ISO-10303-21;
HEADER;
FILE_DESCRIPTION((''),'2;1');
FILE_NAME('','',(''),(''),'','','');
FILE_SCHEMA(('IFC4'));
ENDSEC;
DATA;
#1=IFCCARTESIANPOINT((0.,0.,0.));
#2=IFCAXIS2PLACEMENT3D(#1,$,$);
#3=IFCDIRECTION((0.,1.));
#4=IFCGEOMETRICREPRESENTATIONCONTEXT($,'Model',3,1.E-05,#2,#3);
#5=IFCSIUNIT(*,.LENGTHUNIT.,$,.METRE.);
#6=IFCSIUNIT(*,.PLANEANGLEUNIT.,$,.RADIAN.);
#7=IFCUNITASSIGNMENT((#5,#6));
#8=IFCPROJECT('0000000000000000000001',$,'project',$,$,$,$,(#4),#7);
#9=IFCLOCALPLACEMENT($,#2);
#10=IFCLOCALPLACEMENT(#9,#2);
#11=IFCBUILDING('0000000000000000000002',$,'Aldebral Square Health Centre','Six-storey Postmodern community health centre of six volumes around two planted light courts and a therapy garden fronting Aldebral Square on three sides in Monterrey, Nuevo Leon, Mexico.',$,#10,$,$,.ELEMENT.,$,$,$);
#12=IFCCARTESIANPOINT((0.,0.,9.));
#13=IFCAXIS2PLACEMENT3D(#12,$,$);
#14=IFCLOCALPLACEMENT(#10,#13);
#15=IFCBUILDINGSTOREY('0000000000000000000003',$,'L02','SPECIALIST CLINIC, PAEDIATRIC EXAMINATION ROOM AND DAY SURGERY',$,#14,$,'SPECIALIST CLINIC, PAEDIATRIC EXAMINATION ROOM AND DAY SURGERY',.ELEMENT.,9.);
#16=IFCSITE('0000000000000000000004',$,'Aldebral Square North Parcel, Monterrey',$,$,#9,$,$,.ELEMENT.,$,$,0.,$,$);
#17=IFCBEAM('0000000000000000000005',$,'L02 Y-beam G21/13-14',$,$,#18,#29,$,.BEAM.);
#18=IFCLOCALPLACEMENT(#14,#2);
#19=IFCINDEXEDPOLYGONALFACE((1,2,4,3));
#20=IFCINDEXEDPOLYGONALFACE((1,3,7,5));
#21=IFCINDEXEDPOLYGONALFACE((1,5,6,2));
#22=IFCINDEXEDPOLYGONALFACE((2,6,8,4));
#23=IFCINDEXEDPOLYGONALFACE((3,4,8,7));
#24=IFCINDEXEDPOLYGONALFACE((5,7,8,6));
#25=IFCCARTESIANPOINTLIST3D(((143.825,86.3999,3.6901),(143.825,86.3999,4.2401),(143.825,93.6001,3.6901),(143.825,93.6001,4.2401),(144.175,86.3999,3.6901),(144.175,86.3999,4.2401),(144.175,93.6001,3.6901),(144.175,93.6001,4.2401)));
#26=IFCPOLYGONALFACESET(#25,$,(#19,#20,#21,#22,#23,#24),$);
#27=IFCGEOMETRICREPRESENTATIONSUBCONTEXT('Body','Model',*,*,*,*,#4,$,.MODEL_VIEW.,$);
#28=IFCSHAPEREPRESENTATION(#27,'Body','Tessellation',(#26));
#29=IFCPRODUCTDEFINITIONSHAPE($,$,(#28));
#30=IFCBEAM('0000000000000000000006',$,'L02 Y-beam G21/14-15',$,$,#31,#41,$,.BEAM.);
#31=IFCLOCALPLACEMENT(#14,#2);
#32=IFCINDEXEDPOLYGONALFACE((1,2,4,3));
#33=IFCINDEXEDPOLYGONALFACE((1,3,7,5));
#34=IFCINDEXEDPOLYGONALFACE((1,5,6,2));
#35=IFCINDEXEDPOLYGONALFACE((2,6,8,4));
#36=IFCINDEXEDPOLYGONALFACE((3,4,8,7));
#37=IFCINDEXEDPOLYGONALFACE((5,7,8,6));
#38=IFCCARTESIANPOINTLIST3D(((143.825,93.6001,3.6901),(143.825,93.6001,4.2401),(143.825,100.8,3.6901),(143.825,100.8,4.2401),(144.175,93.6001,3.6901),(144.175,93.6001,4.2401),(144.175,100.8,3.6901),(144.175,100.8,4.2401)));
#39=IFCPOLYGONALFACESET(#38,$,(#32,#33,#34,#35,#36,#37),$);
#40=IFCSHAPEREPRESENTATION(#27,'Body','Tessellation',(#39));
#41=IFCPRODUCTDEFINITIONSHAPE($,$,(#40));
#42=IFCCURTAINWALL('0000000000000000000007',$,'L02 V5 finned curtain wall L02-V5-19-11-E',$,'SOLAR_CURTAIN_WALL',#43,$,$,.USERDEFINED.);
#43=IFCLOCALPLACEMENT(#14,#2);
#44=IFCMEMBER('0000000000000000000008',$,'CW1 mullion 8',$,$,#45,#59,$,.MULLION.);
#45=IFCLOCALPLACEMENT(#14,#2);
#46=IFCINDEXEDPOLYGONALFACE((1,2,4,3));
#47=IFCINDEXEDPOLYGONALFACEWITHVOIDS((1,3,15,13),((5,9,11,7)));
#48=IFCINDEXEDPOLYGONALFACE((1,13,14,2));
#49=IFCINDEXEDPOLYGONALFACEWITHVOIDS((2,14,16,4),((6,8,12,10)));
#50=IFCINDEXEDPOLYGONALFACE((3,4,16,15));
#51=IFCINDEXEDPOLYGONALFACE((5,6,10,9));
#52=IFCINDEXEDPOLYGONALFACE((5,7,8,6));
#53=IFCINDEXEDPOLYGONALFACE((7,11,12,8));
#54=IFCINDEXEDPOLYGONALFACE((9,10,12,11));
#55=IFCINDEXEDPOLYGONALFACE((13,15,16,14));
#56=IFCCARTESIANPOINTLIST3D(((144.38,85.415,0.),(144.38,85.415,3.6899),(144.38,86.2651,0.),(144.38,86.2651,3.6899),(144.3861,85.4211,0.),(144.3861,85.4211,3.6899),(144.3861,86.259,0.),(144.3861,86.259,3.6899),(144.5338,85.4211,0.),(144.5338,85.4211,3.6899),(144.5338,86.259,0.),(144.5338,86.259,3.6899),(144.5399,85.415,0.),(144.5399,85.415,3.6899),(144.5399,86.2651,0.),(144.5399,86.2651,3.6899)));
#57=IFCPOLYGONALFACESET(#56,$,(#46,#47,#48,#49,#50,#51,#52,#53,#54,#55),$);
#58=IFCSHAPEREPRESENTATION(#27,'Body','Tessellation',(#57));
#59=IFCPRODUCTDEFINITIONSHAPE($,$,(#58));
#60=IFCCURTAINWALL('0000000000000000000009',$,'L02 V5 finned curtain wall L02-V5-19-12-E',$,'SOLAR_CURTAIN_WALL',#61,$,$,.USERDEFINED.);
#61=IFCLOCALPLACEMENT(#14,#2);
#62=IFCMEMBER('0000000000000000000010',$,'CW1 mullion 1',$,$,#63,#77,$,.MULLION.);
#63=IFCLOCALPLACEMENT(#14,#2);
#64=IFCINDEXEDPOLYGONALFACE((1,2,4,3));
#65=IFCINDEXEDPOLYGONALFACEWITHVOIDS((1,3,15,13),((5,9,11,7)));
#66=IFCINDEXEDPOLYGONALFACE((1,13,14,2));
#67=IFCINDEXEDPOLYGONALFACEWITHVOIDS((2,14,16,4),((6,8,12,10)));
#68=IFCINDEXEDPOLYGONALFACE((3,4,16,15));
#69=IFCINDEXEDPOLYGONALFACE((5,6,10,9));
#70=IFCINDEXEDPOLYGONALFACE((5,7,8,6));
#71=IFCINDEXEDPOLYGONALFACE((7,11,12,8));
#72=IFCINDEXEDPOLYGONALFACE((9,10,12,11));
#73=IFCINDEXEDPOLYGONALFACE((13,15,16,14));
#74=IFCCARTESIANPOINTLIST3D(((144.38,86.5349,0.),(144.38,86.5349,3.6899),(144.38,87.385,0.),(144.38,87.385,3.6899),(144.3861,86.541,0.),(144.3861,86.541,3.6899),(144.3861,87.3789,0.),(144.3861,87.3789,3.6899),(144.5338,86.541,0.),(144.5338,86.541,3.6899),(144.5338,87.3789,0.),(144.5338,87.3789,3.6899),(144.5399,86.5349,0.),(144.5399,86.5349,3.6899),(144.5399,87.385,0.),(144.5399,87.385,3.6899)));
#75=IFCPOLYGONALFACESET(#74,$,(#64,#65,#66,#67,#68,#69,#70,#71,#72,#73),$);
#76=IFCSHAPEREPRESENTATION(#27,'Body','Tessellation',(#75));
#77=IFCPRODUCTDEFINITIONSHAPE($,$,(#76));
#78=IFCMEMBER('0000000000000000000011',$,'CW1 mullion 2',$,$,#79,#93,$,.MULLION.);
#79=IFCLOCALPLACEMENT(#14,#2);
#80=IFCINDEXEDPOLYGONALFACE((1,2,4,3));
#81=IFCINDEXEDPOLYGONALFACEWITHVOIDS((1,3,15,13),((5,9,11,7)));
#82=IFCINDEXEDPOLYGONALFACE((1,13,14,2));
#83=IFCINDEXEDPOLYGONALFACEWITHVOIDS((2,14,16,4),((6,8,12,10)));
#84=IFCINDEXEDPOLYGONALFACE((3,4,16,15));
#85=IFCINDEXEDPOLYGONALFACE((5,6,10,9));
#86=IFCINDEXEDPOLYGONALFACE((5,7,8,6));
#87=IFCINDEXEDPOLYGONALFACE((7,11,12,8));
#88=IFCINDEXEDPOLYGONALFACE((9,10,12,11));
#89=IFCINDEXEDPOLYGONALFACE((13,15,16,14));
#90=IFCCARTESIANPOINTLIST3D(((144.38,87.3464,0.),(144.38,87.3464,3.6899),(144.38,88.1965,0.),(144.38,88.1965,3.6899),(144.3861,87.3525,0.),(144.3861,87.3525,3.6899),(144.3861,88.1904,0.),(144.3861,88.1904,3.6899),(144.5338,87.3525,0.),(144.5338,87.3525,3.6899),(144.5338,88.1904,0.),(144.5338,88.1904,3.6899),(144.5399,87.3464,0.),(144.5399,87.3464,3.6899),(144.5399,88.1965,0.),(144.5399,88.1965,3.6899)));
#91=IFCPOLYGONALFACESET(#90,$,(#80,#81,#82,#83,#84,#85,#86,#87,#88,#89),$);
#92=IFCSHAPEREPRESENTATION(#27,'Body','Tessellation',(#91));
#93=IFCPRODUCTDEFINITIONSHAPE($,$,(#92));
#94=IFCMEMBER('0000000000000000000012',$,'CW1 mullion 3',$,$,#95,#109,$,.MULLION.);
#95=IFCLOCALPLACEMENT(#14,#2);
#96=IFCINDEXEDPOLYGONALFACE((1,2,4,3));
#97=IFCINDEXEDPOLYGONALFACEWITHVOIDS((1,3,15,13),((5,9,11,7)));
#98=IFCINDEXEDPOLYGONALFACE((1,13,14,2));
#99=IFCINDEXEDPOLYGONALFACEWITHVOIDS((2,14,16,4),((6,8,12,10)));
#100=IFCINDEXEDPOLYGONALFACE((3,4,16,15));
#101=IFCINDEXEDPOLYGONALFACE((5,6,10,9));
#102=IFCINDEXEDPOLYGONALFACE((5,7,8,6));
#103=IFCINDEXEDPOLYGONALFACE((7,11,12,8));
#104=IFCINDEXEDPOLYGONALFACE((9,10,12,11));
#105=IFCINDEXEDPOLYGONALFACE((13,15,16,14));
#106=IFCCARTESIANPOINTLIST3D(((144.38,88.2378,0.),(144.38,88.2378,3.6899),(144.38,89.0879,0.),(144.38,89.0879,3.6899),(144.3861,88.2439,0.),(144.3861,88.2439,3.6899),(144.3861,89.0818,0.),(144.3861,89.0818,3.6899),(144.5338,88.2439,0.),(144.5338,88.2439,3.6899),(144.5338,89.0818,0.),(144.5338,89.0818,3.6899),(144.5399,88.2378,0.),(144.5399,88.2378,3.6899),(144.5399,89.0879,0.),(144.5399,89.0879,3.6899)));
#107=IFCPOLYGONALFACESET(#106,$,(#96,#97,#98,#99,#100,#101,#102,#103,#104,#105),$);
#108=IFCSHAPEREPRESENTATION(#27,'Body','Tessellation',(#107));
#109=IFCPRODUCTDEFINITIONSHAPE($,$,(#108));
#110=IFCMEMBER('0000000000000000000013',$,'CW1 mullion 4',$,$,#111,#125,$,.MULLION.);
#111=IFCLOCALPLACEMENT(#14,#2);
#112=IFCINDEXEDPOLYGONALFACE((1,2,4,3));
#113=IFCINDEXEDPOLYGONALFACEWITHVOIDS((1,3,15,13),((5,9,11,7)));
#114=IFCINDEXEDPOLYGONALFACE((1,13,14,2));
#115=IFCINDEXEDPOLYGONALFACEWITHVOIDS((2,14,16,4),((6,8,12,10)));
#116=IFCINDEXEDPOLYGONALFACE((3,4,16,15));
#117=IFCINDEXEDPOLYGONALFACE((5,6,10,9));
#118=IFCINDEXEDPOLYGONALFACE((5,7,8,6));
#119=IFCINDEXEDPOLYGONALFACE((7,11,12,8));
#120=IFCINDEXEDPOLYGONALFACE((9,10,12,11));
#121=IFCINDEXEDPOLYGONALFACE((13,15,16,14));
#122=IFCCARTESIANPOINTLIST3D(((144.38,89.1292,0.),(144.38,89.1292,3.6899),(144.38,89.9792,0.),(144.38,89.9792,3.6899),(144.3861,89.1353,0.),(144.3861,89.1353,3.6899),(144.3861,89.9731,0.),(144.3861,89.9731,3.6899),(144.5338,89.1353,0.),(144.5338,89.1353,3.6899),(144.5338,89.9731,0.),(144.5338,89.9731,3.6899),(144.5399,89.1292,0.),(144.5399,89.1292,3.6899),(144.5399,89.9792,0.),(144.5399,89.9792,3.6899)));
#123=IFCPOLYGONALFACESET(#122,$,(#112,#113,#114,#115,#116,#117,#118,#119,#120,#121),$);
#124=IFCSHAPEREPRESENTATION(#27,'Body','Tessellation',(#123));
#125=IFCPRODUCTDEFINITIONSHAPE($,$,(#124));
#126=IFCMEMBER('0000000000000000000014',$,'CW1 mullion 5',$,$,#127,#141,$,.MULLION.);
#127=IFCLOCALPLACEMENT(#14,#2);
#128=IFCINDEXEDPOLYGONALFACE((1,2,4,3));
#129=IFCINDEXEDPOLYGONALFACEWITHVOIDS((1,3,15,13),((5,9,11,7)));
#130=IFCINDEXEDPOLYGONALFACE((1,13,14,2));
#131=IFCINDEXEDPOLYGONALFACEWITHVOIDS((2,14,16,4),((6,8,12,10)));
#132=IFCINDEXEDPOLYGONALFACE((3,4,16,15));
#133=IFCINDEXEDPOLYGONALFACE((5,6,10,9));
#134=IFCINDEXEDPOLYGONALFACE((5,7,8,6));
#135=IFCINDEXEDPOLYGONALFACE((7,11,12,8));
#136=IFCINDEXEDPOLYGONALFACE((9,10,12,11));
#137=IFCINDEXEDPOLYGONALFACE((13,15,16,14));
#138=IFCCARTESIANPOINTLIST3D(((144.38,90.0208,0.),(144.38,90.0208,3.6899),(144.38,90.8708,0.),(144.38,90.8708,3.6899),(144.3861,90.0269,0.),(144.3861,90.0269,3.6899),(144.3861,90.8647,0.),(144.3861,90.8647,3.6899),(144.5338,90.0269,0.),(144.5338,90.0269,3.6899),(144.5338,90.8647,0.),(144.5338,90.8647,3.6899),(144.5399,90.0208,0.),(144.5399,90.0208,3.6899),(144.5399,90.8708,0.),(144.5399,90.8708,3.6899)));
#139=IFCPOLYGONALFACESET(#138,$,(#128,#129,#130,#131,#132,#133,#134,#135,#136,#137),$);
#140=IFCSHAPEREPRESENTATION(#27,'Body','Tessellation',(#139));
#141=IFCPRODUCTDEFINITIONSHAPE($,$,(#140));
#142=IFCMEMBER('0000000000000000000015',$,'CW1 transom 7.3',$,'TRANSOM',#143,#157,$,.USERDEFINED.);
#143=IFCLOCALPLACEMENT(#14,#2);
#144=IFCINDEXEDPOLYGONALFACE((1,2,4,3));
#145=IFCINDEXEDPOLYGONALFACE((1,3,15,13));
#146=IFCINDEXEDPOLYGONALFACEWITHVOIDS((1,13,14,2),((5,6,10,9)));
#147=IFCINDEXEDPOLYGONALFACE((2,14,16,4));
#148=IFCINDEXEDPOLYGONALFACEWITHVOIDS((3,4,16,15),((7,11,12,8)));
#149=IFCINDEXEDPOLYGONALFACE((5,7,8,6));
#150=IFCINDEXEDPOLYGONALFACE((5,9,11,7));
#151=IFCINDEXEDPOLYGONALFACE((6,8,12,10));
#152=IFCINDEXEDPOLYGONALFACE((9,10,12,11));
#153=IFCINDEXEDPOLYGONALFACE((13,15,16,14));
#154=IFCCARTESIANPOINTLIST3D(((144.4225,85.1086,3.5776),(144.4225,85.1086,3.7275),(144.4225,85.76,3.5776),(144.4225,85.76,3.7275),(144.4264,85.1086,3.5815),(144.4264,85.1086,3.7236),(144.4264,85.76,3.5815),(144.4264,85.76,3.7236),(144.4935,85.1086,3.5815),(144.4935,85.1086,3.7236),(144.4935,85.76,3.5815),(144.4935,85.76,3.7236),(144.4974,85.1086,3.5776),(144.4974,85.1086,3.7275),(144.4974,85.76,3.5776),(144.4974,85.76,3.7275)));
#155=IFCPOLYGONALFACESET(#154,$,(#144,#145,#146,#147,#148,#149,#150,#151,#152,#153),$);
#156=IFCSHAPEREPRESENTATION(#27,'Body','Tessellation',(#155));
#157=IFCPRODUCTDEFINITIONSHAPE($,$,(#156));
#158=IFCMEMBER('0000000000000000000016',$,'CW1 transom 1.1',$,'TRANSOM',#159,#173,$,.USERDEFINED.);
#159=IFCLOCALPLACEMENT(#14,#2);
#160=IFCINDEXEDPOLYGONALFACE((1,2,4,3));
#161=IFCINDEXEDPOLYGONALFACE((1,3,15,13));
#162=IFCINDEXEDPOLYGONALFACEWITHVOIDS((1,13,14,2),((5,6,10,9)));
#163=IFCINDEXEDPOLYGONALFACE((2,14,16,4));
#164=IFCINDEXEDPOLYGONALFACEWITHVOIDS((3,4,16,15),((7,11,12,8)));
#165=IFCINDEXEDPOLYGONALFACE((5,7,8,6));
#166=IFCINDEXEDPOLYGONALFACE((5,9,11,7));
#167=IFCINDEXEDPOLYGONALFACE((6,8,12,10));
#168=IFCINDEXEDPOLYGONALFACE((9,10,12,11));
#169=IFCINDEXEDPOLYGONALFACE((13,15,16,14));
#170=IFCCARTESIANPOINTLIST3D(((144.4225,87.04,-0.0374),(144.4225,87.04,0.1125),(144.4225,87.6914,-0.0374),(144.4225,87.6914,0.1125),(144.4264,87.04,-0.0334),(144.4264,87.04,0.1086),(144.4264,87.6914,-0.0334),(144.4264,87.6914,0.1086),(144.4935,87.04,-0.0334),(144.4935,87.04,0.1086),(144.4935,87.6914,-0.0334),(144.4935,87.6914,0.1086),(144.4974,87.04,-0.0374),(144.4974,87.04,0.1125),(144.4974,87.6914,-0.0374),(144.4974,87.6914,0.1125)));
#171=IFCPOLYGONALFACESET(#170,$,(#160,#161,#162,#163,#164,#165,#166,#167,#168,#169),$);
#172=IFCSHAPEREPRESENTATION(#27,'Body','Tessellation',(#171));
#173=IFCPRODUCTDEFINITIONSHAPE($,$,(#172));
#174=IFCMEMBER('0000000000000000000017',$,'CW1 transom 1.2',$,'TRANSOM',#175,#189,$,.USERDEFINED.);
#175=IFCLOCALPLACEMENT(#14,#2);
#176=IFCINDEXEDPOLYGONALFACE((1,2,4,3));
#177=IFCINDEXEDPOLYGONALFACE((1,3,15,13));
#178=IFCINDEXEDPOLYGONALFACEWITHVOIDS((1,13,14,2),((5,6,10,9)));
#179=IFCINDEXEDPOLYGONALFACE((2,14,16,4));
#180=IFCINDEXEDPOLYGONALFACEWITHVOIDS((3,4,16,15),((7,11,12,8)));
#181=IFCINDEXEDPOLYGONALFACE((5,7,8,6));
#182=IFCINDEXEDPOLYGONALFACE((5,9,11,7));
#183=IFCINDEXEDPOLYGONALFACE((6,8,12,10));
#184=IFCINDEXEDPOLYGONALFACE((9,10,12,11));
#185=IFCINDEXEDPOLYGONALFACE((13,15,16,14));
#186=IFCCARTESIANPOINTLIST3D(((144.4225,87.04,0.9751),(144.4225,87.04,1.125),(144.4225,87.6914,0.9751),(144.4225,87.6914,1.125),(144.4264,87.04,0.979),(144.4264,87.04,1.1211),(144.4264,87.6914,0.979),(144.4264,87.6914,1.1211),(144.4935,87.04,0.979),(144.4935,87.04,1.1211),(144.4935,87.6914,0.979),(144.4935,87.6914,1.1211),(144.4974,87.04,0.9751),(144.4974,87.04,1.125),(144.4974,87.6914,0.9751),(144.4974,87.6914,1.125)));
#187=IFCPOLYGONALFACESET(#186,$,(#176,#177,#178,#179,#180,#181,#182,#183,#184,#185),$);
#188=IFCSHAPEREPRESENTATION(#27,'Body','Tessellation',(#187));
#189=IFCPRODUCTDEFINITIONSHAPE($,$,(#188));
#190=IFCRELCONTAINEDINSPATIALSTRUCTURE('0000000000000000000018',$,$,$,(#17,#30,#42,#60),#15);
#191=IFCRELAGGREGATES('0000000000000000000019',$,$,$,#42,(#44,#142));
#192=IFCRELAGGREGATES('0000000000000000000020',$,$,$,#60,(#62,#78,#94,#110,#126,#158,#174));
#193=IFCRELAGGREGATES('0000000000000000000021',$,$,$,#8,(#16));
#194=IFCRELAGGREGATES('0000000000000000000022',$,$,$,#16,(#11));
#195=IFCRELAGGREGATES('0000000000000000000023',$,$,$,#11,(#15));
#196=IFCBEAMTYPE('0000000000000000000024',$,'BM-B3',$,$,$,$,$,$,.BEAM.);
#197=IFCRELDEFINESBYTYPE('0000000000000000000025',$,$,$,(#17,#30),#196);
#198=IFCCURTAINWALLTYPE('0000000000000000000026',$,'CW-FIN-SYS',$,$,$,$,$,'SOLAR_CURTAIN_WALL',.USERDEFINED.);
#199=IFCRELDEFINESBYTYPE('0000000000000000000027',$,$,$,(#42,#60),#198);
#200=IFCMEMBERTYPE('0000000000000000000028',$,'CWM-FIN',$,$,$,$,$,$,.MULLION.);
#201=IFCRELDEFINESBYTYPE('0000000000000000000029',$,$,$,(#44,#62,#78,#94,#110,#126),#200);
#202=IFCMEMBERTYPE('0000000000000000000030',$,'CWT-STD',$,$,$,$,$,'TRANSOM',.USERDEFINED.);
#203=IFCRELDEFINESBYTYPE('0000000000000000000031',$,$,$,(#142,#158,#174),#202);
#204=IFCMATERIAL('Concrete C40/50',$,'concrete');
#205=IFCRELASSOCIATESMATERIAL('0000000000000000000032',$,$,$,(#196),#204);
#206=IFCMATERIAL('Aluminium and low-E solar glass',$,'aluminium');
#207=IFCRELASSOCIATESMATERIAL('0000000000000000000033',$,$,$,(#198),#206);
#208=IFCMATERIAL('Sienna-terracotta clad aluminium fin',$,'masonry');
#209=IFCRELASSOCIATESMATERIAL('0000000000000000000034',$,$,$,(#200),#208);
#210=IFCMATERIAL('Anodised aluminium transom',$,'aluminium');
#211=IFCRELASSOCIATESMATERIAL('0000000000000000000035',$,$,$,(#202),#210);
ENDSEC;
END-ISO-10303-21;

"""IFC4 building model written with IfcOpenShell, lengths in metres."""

from ifc_helpers import new_model, si_unit, direction, frame, origin, origin_2d, place, context, subcontext, project, spatial, rectangle, hollow_rectangle, extrude, material, material_profile, profile_set, type_object, element, aggregate, save


model = new_model("IFC4")

# Units and contexts
model_context = context("Model", 3, precision=1e-05, world=origin(), true_north=direction((0.0, 1.0)))
body_context = subcontext(model_context, "Body", "Model", "MODEL_VIEW")
ifc_project = project(units=[si_unit("LENGTHUNIT", "METRE"), si_unit("PLANEANGLEUNIT", "RADIAN")], contexts=[model_context])

# Site, building, storey
site_placement = place(None, origin())
site = spatial("IfcSite", under=ifc_project, at=site_placement, Name="Aldebral Square North Parcel, Monterrey", CompositionType="ELEMENT", RefElevation=0.0)
building_placement = place(site_placement, origin())
building = spatial("IfcBuilding", under=site, at=building_placement, Name="Aldebral Square Health Centre", Description="Six-storey Postmodern community health centre of six volumes around two planted light courts and a therapy garden fronting Aldebral Square on three sides in Monterrey, Nuevo Leon, Mexico.", CompositionType="ELEMENT")
storey_placement = place(building_placement, frame((0.0, 0.0, 9.0)))
storey = spatial("IfcBuildingStorey", under=building, at=storey_placement, Name="L02", Description="SPECIALIST CLINIC, PAEDIATRIC EXAMINATION ROOM AND DAY SURGERY", LongName="SPECIALIST CLINIC, PAEDIATRIC EXAMINATION ROOM AND DAY SURGERY", CompositionType="ELEMENT", Elevation=9.0)

# Beams
ifc_material_1 = material(Name="Concrete C40/50", Category="concrete")
ifc_material_profile_1 = material_profile(ifc_material_1, rectangle(XDim=0.3501, YDim=0.55, at=origin_2d()), Name="RC 350x550")
ifc_profile_set_1 = profile_set([ifc_material_profile_1], Name="Concrete C40/50")
beam_type = type_object("IfcBeamType", Name="BM-B3", PredefinedType="BEAM", material=ifc_profile_set_1)
beam_1_placement = place(storey_placement, frame((144.0, 86.3999, 3.9651), z_axis=(0.0, 1.0, 0.0), x_axis=(-1.0, 0.0, 0.0)))
element("IfcBeam", 1, at=beam_1_placement, inside=storey, type_object=beam_type, Name="L02 Y-beam G21/13-14", PredefinedType="BEAM", context=body_context, shape_type="SweptSolid", body=[
    extrude(rectangle(XDim=0.3501, YDim=0.55, at=origin_2d()), origin(), (0.0, 0.0, 1.0), 7.2002),
])
beam_2_placement = place(storey_placement, frame((144.0, 93.6001, 3.9651), z_axis=(0.0, 1.0, 0.0), x_axis=(-1.0, 0.0, 0.0)))
element("IfcBeam", 2, at=beam_2_placement, inside=storey, type_object=beam_type, Name="L02 Y-beam G21/14-15", PredefinedType="BEAM", context=body_context, shape_type="SweptSolid", body=[
    extrude(rectangle(XDim=0.3501, YDim=0.55, at=origin_2d()), origin(), (0.0, 0.0, 1.0), 7.2),
])

# Curtain wall, member
ifc_material_2 = material(Name="Aluminium and low-E solar glass", Category="aluminium")
curtain_wall_type = type_object("IfcCurtainWallType", Name="CW-FIN-SYS", ElementType="SOLAR_CURTAIN_WALL", PredefinedType="USERDEFINED", material=ifc_material_2)
curtain_wall_1_placement = place(storey_placement, origin())
curtain_wall_1 = element("IfcCurtainWall", 3, at=curtain_wall_1_placement, inside=storey, type_object=curtain_wall_type, Name="L02 V5 finned curtain wall L02-V5-19-11-E", ObjectType="SOLAR_CURTAIN_WALL", PredefinedType="USERDEFINED")
ifc_material_3 = material(Name="Sienna-terracotta clad aluminium fin", Category="masonry")
ifc_material_profile_2 = material_profile(ifc_material_3, hollow_rectangle(XDim=0.1599, YDim=0.8501, WallThickness=0.0061, at=origin_2d()), Name="FIN 160x850x6")
ifc_profile_set_2 = profile_set([ifc_material_profile_2], Name="Sienna-terracotta clad aluminium fin")
member_type_1 = type_object("IfcMemberType", Name="CWM-FIN", PredefinedType="MULLION", material=ifc_profile_set_2)
member_1_placement = place(storey_placement, frame((144.46, 85.8401, 0.0), z_axis=(0.0, 0.0, 1.0), x_axis=(-1.0, 0.0, 0.0)))
member_1 = element("IfcMember", 4, at=member_1_placement, type_object=member_type_1, Name="CW1 mullion 8", PredefinedType="MULLION", context=body_context, shape_type="SweptSolid", body=[
    extrude(hollow_rectangle(XDim=0.1599, YDim=0.8501, WallThickness=0.0061, at=origin_2d()), origin(), (0.0, 0.0, 1.0), 3.6899),
])

# Curtain wall, members
curtain_wall_2_placement = place(storey_placement, origin())
curtain_wall_2 = element("IfcCurtainWall", 5, at=curtain_wall_2_placement, inside=storey, type_object=curtain_wall_type, Name="L02 V5 finned curtain wall L02-V5-19-12-E", ObjectType="SOLAR_CURTAIN_WALL", PredefinedType="USERDEFINED")
member_2_placement = place(storey_placement, frame((144.46, 86.96, 0.0), z_axis=(0.0, 0.0, 1.0), x_axis=(-1.0, 0.0, 0.0)))
member_2 = element("IfcMember", 6, at=member_2_placement, type_object=member_type_1, Name="CW1 mullion 1", PredefinedType="MULLION", context=body_context, shape_type="SweptSolid", body=[
    extrude(hollow_rectangle(XDim=0.1599, YDim=0.8501, WallThickness=0.0061, at=origin_2d()), origin(), (0.0, 0.0, 1.0), 3.6899),
])
member_3_placement = place(storey_placement, frame((144.46, 87.7715, 0.0), z_axis=(0.0, 0.0, 1.0), x_axis=(-1.0, 0.0, 0.0)))
member_3 = element("IfcMember", 7, at=member_3_placement, type_object=member_type_1, Name="CW1 mullion 2", PredefinedType="MULLION", context=body_context, shape_type="SweptSolid", body=[
    extrude(hollow_rectangle(XDim=0.1599, YDim=0.8501, WallThickness=0.0061, at=origin_2d()), origin(), (0.0, 0.0, 1.0), 3.6899),
])
member_4_placement = place(storey_placement, frame((144.46, 88.6628, 0.0), z_axis=(0.0, 0.0, 1.0), x_axis=(-1.0, 0.0, 0.0)))
member_4 = element("IfcMember", 8, at=member_4_placement, type_object=member_type_1, Name="CW1 mullion 3", PredefinedType="MULLION", context=body_context, shape_type="SweptSolid", body=[
    extrude(hollow_rectangle(XDim=0.1599, YDim=0.8501, WallThickness=0.0061, at=origin_2d()), origin(), (0.0, 0.0, 1.0), 3.6899),
])
member_5_placement = place(storey_placement, frame((144.46, 89.5542, 0.0), z_axis=(0.0, 0.0, 1.0), x_axis=(-1.0, 0.0, 0.0)))
member_5 = element("IfcMember", 9, at=member_5_placement, type_object=member_type_1, Name="CW1 mullion 4", PredefinedType="MULLION", context=body_context, shape_type="SweptSolid", body=[
    extrude(hollow_rectangle(XDim=0.1599, YDim=0.8501, WallThickness=0.0061, at=origin_2d()), origin(), (0.0, 0.0, 1.0), 3.6899),
])
member_6_placement = place(storey_placement, frame((144.46, 90.4458, 0.0), z_axis=(0.0, 0.0, 1.0), x_axis=(-1.0, 0.0, 0.0)))
member_6 = element("IfcMember", 10, at=member_6_placement, type_object=member_type_1, Name="CW1 mullion 5", PredefinedType="MULLION", context=body_context, shape_type="SweptSolid", body=[
    extrude(hollow_rectangle(XDim=0.1599, YDim=0.8501, WallThickness=0.0061, at=origin_2d()), origin(), (0.0, 0.0, 1.0), 3.6899),
])

# Members
ifc_material_4 = material(Name="Anodised aluminium transom", Category="aluminium")
ifc_material_profile_3 = material_profile(ifc_material_4, hollow_rectangle(XDim=0.075, YDim=0.1499, WallThickness=0.0039, at=origin_2d()), Name="CWT 75x150x4")
ifc_profile_set_3 = profile_set([ifc_material_profile_3], Name="Anodised aluminium transom")
member_type_2 = type_object("IfcMemberType", Name="CWT-STD", ElementType="TRANSOM", PredefinedType="USERDEFINED", material=ifc_profile_set_3)
member_7_placement = place(storey_placement, frame((144.46, 85.1086, 3.6526), z_axis=(0.0, 1.0, 0.0), x_axis=(-1.0, 0.0, 0.0)))
member_7 = element("IfcMember", 11, at=member_7_placement, type_object=member_type_2, Name="CW1 transom 7.3", ObjectType="TRANSOM", PredefinedType="USERDEFINED", context=body_context, shape_type="SweptSolid", body=[
    extrude(hollow_rectangle(XDim=0.075, YDim=0.1499, WallThickness=0.0039, at=origin_2d()), origin(), (0.0, 0.0, 1.0), 0.6514),
])
member_8_placement = place(storey_placement, frame((144.46, 87.04, 0.0376), z_axis=(0.0, 1.0, 0.0), x_axis=(-1.0, 0.0, 0.0)))
member_8 = element("IfcMember", 12, at=member_8_placement, type_object=member_type_2, Name="CW1 transom 1.1", ObjectType="TRANSOM", PredefinedType="USERDEFINED", context=body_context, shape_type="SweptSolid", body=[
    extrude(hollow_rectangle(XDim=0.075, YDim=0.1499, WallThickness=0.0039, at=origin_2d()), origin(), (0.0, 0.0, 1.0), 0.6514),
])
member_9_placement = place(storey_placement, frame((144.46, 87.04, 1.05), z_axis=(0.0, 1.0, 0.0), x_axis=(-1.0, 0.0, 0.0)))
member_9 = element("IfcMember", 13, at=member_9_placement, type_object=member_type_2, Name="CW1 transom 1.2", ObjectType="TRANSOM", PredefinedType="USERDEFINED", context=body_context, shape_type="SweptSolid", body=[
    extrude(hollow_rectangle(XDim=0.075, YDim=0.1499, WallThickness=0.0039, at=origin_2d()), origin(), (0.0, 0.0, 1.0), 0.6514),
])

aggregate(curtain_wall_1, [member_1, member_7])
aggregate(curtain_wall_2, [member_2, member_3, member_4, member_5, member_6, member_8, member_9])

save(model, "model.ifc")
